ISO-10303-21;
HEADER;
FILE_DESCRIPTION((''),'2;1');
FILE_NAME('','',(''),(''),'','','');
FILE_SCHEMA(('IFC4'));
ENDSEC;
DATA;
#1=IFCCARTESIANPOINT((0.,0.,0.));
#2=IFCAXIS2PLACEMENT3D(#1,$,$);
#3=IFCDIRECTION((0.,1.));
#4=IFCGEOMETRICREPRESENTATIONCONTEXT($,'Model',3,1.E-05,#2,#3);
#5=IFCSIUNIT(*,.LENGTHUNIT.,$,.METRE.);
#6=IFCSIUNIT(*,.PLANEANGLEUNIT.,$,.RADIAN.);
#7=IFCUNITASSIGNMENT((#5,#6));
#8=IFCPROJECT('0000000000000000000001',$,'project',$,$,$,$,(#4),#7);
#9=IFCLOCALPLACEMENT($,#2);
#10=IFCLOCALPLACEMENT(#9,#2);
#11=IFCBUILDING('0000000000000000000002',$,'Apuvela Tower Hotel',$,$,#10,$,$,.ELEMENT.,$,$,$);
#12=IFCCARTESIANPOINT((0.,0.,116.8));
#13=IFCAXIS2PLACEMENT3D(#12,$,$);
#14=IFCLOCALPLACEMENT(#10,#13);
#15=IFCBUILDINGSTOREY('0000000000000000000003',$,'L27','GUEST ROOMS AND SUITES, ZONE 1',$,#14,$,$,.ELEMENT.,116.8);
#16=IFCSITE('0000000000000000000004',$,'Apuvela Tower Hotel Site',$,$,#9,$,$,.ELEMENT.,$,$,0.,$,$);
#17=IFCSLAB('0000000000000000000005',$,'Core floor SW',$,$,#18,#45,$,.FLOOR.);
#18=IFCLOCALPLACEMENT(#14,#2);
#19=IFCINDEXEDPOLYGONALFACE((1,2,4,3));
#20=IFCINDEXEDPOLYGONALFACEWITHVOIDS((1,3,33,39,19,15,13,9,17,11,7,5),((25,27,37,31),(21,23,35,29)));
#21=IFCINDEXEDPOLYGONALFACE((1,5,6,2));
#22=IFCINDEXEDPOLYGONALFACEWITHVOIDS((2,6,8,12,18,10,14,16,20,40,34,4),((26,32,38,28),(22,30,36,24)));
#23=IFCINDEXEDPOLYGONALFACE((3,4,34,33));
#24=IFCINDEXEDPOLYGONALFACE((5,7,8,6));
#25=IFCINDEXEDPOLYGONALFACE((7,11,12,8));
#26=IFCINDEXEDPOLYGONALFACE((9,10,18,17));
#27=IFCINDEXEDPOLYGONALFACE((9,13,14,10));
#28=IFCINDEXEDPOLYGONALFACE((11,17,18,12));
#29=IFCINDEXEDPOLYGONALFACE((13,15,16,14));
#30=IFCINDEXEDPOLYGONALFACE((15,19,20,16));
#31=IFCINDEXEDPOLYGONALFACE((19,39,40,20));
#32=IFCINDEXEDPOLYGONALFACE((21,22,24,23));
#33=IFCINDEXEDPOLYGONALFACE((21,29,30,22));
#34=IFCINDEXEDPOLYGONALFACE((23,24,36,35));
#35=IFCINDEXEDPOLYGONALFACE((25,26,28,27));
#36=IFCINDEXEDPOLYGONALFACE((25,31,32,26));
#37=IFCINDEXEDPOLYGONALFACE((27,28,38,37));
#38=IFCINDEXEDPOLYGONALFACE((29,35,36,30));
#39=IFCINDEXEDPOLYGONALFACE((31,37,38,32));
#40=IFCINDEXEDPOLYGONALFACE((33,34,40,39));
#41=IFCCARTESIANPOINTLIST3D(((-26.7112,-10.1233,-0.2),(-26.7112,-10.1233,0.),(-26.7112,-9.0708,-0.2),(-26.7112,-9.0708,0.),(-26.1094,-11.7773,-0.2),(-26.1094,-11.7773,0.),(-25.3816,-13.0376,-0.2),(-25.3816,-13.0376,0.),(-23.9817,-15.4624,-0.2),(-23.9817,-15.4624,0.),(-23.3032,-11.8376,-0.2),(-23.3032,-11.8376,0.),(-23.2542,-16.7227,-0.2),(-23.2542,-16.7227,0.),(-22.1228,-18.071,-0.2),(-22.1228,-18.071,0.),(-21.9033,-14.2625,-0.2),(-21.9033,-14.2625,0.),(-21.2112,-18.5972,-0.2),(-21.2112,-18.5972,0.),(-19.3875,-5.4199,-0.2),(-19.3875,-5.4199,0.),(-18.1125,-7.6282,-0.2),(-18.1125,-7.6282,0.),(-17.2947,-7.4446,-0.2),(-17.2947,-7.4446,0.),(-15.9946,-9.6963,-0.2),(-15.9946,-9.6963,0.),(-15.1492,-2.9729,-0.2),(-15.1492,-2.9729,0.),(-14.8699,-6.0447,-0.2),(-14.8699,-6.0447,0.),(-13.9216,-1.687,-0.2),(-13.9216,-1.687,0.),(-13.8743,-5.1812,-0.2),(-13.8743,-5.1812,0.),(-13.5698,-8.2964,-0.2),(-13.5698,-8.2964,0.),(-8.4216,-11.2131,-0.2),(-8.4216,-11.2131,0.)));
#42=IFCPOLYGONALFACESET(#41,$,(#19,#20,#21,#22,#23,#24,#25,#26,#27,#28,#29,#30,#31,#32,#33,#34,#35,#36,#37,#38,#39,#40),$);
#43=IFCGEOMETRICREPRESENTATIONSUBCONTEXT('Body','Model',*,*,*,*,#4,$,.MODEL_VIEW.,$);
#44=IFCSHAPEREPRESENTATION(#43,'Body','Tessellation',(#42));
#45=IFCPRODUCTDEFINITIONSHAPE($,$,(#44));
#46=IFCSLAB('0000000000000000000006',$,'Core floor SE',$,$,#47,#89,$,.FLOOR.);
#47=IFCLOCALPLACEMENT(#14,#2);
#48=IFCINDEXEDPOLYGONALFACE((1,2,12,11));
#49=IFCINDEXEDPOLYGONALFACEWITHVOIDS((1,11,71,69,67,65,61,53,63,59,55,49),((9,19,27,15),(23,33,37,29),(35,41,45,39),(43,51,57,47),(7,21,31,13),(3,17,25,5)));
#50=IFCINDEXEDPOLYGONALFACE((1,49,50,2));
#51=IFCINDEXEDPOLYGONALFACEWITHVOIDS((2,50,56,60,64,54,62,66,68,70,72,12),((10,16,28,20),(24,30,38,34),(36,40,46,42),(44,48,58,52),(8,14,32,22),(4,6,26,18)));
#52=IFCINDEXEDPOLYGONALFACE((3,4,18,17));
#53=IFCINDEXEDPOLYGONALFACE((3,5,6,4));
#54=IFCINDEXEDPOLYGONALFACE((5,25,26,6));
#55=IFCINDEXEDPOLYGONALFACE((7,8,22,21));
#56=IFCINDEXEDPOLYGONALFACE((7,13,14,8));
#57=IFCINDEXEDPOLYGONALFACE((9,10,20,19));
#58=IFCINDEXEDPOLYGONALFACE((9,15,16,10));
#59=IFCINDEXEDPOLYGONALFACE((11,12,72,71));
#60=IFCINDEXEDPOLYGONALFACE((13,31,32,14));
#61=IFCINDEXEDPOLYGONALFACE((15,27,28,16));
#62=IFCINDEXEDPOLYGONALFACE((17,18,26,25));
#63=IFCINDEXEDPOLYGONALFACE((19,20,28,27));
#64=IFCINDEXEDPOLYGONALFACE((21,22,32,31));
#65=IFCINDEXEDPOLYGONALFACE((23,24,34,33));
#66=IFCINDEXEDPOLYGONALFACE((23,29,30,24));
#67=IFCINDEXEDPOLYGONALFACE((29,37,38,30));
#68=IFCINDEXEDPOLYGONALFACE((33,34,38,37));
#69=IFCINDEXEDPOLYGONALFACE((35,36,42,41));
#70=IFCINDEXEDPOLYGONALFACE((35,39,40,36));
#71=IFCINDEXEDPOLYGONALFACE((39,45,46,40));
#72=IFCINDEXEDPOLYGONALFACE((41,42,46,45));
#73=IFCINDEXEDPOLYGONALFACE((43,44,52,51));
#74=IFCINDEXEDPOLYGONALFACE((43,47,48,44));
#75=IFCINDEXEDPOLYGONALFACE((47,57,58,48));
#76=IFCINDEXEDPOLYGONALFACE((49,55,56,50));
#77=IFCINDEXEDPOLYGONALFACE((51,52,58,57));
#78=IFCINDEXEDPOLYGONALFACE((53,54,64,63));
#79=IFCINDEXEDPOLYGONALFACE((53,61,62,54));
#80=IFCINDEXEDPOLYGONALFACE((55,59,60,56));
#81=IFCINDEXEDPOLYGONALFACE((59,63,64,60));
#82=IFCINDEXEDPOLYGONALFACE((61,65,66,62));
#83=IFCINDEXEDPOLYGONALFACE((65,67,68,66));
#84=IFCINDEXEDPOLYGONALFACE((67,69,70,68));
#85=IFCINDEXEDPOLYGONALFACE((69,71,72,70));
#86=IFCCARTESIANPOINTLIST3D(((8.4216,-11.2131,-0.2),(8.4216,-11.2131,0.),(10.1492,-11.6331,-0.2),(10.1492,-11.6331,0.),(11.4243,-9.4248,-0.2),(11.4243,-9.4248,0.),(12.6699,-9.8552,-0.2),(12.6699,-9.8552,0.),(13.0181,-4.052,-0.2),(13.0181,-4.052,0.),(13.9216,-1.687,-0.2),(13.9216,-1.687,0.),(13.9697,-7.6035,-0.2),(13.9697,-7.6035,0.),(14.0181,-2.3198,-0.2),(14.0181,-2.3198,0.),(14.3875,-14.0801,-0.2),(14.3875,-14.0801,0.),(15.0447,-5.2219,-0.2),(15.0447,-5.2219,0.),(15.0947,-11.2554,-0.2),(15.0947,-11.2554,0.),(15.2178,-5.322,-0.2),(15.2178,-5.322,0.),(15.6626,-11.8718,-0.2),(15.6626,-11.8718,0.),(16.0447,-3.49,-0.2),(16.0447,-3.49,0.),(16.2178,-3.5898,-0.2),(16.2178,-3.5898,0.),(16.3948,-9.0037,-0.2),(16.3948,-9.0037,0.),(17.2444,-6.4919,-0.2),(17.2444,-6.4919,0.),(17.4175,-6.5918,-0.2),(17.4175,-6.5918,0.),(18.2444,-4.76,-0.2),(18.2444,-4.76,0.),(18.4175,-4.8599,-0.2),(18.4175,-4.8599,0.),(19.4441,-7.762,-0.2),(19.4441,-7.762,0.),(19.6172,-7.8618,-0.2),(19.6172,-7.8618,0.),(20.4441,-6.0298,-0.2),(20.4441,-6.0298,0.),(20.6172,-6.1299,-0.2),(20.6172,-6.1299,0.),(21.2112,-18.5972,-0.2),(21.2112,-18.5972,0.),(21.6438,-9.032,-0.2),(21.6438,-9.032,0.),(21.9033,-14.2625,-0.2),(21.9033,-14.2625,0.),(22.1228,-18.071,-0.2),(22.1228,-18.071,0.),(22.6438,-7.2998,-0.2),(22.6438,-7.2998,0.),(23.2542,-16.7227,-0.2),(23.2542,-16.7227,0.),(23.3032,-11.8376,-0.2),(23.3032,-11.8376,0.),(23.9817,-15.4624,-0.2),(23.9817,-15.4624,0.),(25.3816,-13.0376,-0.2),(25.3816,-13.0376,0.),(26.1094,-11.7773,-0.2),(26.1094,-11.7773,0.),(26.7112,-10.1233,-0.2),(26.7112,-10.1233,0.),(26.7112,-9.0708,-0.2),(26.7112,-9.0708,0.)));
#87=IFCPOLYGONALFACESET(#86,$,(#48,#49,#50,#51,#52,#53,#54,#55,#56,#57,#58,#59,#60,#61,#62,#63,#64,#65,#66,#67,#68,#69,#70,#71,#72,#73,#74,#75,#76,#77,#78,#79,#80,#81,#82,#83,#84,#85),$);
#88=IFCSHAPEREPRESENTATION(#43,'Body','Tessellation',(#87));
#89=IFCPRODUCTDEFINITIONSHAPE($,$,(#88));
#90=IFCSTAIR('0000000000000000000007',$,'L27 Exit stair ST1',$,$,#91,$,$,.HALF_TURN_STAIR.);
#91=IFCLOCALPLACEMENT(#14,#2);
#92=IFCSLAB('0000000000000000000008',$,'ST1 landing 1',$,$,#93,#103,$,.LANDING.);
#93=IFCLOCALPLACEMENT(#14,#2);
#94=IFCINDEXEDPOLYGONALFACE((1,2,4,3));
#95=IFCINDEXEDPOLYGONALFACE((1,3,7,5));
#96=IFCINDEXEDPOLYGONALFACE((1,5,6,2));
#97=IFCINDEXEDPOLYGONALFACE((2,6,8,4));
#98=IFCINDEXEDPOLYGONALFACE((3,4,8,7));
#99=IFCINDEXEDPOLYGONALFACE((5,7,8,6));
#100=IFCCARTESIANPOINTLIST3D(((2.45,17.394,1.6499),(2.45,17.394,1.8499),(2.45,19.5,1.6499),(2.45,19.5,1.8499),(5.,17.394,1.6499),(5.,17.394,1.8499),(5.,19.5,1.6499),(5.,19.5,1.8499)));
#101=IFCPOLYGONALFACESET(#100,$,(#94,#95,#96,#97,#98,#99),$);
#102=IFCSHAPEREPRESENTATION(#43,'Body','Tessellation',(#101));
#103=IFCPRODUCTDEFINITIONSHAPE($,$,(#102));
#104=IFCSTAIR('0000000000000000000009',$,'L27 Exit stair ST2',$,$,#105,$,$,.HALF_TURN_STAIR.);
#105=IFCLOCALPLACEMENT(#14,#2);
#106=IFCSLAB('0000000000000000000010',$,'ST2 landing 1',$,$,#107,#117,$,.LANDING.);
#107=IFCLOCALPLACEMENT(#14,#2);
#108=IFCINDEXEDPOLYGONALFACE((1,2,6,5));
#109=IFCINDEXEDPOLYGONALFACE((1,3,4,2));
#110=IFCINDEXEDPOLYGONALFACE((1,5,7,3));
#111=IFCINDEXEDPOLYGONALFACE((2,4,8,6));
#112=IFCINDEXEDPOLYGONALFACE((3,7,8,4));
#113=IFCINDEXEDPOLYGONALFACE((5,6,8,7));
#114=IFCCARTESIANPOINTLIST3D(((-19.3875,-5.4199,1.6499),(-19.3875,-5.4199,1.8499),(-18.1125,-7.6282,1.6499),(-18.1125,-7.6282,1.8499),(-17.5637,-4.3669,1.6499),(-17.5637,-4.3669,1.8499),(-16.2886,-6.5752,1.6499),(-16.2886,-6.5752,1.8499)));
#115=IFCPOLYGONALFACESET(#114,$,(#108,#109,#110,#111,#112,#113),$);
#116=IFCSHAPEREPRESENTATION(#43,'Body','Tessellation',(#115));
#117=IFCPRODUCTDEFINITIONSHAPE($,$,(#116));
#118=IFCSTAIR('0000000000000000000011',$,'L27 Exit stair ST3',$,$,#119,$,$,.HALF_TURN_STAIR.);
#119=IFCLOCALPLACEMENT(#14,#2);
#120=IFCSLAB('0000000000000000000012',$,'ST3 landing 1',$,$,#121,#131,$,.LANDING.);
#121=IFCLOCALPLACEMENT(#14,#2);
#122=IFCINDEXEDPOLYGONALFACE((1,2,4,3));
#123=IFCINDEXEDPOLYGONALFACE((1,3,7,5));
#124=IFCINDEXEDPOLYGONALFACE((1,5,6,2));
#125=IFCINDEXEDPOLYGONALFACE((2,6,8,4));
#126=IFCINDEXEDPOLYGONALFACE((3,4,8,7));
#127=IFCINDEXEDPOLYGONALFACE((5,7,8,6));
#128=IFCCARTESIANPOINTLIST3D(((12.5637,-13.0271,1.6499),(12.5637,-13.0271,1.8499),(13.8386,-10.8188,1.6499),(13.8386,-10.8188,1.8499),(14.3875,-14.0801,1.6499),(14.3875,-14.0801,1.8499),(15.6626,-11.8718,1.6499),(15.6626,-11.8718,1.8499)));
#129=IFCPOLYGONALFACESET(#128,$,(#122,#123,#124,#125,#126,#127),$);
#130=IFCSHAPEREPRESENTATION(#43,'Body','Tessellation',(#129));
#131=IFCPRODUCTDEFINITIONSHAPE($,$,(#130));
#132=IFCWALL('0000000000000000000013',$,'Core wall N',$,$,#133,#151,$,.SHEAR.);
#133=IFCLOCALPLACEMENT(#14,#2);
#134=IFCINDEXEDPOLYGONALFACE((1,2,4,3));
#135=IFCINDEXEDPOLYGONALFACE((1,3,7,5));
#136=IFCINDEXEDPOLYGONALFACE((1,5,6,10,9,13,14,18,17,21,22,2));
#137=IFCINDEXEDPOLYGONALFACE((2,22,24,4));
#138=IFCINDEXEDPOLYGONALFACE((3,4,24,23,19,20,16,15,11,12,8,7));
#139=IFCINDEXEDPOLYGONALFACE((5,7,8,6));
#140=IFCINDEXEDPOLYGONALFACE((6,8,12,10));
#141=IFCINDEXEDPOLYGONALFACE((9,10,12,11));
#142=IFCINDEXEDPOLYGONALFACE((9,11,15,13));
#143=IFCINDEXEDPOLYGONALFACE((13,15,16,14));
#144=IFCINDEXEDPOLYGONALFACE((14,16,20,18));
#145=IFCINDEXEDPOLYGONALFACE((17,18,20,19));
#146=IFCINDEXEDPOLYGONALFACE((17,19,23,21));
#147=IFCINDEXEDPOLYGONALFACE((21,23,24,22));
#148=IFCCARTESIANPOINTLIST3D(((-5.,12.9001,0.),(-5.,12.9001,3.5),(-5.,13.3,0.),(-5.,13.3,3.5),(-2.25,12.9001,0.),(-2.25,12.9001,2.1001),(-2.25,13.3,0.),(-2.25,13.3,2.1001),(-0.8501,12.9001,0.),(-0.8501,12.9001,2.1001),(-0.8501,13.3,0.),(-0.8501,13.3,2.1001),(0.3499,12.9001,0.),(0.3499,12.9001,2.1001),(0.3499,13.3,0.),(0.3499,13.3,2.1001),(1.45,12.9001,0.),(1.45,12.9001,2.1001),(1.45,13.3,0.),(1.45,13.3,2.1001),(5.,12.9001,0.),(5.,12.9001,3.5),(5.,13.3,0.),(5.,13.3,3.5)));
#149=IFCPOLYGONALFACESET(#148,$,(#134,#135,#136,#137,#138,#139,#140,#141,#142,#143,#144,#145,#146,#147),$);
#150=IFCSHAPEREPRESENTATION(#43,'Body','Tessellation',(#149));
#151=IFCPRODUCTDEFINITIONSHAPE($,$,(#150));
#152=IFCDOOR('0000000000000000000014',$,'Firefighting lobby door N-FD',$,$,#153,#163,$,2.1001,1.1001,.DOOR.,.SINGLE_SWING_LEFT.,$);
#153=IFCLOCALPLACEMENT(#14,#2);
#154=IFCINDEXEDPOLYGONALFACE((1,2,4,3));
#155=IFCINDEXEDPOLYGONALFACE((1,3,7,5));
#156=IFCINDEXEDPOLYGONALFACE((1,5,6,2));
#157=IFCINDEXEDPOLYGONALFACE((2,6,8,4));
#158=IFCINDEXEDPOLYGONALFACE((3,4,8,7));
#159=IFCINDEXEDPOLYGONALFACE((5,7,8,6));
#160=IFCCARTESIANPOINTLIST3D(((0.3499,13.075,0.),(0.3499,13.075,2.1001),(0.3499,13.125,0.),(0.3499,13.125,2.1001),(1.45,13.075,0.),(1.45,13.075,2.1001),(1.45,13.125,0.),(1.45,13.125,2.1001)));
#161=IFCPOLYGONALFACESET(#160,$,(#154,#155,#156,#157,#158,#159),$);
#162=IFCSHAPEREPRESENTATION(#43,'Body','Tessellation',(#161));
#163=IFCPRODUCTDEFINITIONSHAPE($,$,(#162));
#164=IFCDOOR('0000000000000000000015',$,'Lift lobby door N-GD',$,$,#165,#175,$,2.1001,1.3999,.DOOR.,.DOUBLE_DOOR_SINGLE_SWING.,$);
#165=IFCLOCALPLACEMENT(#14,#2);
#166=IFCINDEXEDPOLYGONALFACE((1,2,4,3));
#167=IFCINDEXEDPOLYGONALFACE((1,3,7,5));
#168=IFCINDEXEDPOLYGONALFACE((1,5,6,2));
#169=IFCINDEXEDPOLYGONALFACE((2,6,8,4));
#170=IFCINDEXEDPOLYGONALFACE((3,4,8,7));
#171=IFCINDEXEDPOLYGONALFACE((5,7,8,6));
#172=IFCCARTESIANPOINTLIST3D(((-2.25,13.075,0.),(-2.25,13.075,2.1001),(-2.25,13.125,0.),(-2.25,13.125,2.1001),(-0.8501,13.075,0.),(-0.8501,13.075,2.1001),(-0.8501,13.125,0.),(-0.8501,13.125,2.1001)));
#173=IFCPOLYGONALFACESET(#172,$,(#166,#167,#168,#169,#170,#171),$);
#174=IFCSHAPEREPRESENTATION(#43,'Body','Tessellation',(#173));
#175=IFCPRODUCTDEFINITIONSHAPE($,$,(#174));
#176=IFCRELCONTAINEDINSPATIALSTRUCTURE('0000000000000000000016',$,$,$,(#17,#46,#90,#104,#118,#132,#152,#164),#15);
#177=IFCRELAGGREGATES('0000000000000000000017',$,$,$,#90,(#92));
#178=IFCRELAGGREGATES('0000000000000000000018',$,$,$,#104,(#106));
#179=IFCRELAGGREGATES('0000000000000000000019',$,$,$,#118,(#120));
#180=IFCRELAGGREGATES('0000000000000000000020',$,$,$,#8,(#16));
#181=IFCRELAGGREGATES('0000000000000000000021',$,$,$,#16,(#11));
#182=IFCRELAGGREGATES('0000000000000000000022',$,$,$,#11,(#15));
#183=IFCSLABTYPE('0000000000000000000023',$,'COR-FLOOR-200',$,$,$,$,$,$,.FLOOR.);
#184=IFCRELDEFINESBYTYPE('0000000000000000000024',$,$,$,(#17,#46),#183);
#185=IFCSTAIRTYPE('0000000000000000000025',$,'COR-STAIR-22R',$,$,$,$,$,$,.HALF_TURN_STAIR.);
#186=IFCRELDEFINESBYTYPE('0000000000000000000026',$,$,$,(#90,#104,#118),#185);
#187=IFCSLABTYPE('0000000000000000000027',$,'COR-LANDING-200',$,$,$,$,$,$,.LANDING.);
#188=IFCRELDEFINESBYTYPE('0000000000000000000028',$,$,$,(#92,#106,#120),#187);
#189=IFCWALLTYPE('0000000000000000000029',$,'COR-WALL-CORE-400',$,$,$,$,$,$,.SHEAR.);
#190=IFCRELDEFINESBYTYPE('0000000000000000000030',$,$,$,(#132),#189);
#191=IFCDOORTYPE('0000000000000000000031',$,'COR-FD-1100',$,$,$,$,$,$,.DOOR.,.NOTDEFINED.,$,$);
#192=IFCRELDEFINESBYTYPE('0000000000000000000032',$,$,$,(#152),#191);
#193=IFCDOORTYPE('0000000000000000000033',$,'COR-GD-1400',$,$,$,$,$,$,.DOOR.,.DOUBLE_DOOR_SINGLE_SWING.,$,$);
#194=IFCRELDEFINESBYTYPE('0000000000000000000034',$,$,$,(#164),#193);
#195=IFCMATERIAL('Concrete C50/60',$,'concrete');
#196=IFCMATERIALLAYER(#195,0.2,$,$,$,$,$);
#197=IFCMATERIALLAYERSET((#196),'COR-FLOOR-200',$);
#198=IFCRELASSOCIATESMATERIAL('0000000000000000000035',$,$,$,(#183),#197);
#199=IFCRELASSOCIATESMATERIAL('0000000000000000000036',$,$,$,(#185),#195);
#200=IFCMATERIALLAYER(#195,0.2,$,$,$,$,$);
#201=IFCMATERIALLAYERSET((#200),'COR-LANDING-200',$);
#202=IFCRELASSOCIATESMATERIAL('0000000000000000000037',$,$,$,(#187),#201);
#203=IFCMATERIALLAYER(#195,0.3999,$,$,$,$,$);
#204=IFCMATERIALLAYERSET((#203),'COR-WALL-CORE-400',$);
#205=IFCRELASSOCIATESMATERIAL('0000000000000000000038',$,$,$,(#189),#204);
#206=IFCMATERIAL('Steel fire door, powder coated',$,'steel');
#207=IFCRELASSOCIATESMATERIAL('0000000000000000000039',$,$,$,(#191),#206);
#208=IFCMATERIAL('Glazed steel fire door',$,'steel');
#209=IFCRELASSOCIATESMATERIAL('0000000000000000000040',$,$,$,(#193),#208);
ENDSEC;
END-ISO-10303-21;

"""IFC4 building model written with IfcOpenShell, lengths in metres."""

from ifc_helpers import new_model, si_unit, direction, frame, frame_2d, origin, place, context, subcontext, project, spatial, polyline, rectangle, outline, extrude, material, layer, layer_set, type_object, element, fill, aggregate, save


model = new_model("IFC4")

# Units and contexts
model_context = context("Model", 3, precision=1e-05, world=origin(), true_north=direction((0.0, 1.0)))
body_context = subcontext(model_context, "Body", "Model", "MODEL_VIEW")
ifc_project = project(units=[si_unit("LENGTHUNIT", "METRE"), si_unit("PLANEANGLEUNIT", "RADIAN")], contexts=[model_context])

# Site, building, storey
site_placement = place(None, origin())
site = spatial("IfcSite", under=ifc_project, at=site_placement, Name="Apuvela Tower Hotel Site", CompositionType="ELEMENT", RefElevation=0.0)
building_placement = place(site_placement, origin())
building = spatial("IfcBuilding", under=site, at=building_placement, Name="Apuvela Tower Hotel", CompositionType="ELEMENT")
storey_placement = place(building_placement, frame((0.0, 0.0, 116.8)))
storey = spatial("IfcBuildingStorey", under=building, at=storey_placement, Name="L27", Description="GUEST ROOMS AND SUITES, ZONE 1", CompositionType="ELEMENT", Elevation=116.8)

# Slabs
ifc_material_1 = material(Name="Concrete C50/60", Category="concrete")
ifc_layer_1 = layer(ifc_material_1, 0.2)
ifc_layer_set_1 = layer_set([ifc_layer_1], Name="COR-FLOOR-200")
slab_type_1 = type_object("IfcSlabType", Name="COR-FLOOR-200", PredefinedType="FLOOR", material=ifc_layer_set_1)
slab_1_placement = place(storey_placement, frame((0.0, 0.0, -0.2)))
element("IfcSlab", 1, at=slab_1_placement, inside=storey, type_object=slab_type_1, Name="Core floor SW", PredefinedType="FLOOR", context=body_context, shape_type="SweptSolid", body=[
    extrude(outline(polyline([(-26.7112, -9.0708), (-26.7112, -10.1233), (-26.1094, -11.7773), (-25.3816, -13.0376), (-23.3032, -11.8376), (-21.9033, -14.2625), (-23.9817, -15.4624), (-23.2542, -16.7227), (-22.1228, -18.071), (-21.2112, -18.5972), (-8.4216, -11.2131), (-13.9216, -1.687), (-26.7112, -9.0708)]), holes=[polyline([(-13.8743, -5.1812), (-18.1125, -7.6282), (-19.3875, -5.4199), (-15.1492, -2.9729), (-13.8743, -5.1812)]), polyline([(-13.5698, -8.2964), (-15.9946, -9.6963), (-17.2947, -7.4446), (-14.8699, -6.0447), (-13.5698, -8.2964)])]), origin(), (0.0, 0.0, 1.0), 0.2),
])
slab_2_placement = place(storey_placement, frame((0.0, 0.0, -0.2)))
element("IfcSlab", 2, at=slab_2_placement, inside=storey, type_object=slab_type_1, Name="Core floor SE", PredefinedType="FLOOR", context=body_context, shape_type="SweptSolid", body=[
    extrude(outline(polyline([(21.2112, -18.5972), (22.1228, -18.071), (23.2542, -16.7227), (23.9817, -15.4624), (21.9033, -14.2625), (23.3032, -11.8376), (25.3816, -13.0376), (26.1094, -11.7773), (26.7112, -10.1233), (26.7112, -9.0708), (13.9216, -1.687), (8.4216, -11.2131), (21.2112, -18.5972)]), holes=[polyline([(13.0181, -4.052), (14.0181, -2.3198), (16.0447, -3.49), (15.0447, -5.2219), (13.0181, -4.052)]), polyline([(17.2444, -6.4919), (15.2178, -5.322), (16.2178, -3.5898), (18.2444, -4.76), (17.2444, -6.4919)]), polyline([(14.3875, -14.0801), (10.1492, -11.6331), (11.4243, -9.4248), (15.6626, -11.8718), (14.3875, -14.0801)]), polyline([(12.6699, -9.8552), (13.9697, -7.6035), (16.3948, -9.0037), (15.0947, -11.2554), (12.6699, -9.8552)]), polyline([(19.4441, -7.762), (17.4175, -6.5918), (18.4175, -4.8599), (20.4441, -6.0298), (19.4441, -7.762)]), polyline([(21.6438, -9.032), (19.6172, -7.8618), (20.6172, -6.1299), (22.6438, -7.2998), (21.6438, -9.032)])]), origin(), (0.0, 0.0, 1.0), 0.2),
])

# Stairs, slabs
stair_type = type_object("IfcStairType", Name="COR-STAIR-22R", PredefinedType="HALF_TURN_STAIR", material=ifc_material_1)
stair_1_placement = place(storey_placement, origin())
stair_1 = element("IfcStair", 3, at=stair_1_placement, inside=storey, type_object=stair_type, Name="L27 Exit stair ST1", PredefinedType="HALF_TURN_STAIR")
ifc_layer_2 = layer(ifc_material_1, 0.2)
ifc_layer_set_2 = layer_set([ifc_layer_2], Name="COR-LANDING-200")
slab_type_2 = type_object("IfcSlabType", Name="COR-LANDING-200", PredefinedType="LANDING", material=ifc_layer_set_2)
slab_3_placement = place(storey_placement, frame((0.0, 0.0, 1.6499)))
slab_3 = element("IfcSlab", 4, at=slab_3_placement, type_object=slab_type_2, Name="ST1 landing 1", PredefinedType="LANDING", context=body_context, shape_type="SweptSolid", body=[
    extrude(outline(polyline([(5.0, 17.394), (5.0, 19.5), (2.45, 19.5), (2.45, 17.394), (5.0, 17.394)])), origin(), (0.0, 0.0, 1.0), 0.2),
])
aggregate(stair_1, [slab_3])
stair_2_placement = place(storey_placement, origin())
stair_2 = element("IfcStair", 5, at=stair_2_placement, inside=storey, type_object=stair_type, Name="L27 Exit stair ST2", PredefinedType="HALF_TURN_STAIR")
slab_4_placement = place(storey_placement, frame((0.0, 0.0, 1.6499)))
slab_4 = element("IfcSlab", 6, at=slab_4_placement, type_object=slab_type_2, Name="ST2 landing 1", PredefinedType="LANDING", context=body_context, shape_type="SweptSolid", body=[
    extrude(outline(polyline([(-17.5637, -4.3669), (-19.3875, -5.4199), (-18.1125, -7.6282), (-16.2886, -6.5752), (-17.5637, -4.3669)])), origin(), (0.0, 0.0, 1.0), 0.2),
])
aggregate(stair_2, [slab_4])
stair_3_placement = place(storey_placement, origin())
stair_3 = element("IfcStair", 7, at=stair_3_placement, inside=storey, type_object=stair_type, Name="L27 Exit stair ST3", PredefinedType="HALF_TURN_STAIR")
slab_5_placement = place(storey_placement, frame((0.0, 0.0, 1.6499)))
slab_5 = element("IfcSlab", 8, at=slab_5_placement, type_object=slab_type_2, Name="ST3 landing 1", PredefinedType="LANDING", context=body_context, shape_type="SweptSolid", body=[
    extrude(outline(polyline([(12.5637, -13.0271), (14.3875, -14.0801), (15.6626, -11.8718), (13.8386, -10.8188), (12.5637, -13.0271)])), origin(), (0.0, 0.0, 1.0), 0.2),
])
aggregate(stair_3, [slab_5])

# Wall, openings, doors
ifc_layer_3 = layer(ifc_material_1, 0.3999)
ifc_layer_set_3 = layer_set([ifc_layer_3], Name="COR-WALL-CORE-400")
wall_type_1 = type_object("IfcWallType", Name="COR-WALL-CORE-400", PredefinedType="SHEAR", material=ifc_layer_set_3)
wall_1_placement = place(storey_placement, frame((5.0, 13.1001, 0.0), z_axis=(0.0, 0.0, 1.0), x_axis=(-1.0, 0.0, 0.0)))
wall_1 = element("IfcWall", 9, at=wall_1_placement, inside=storey, type_object=wall_type_1, Name="Core wall N", PredefinedType="SHEAR", context=body_context, shape_type="SweptSolid", body=[
    extrude(rectangle(XDim=10.0, YDim=0.3999, at=frame_2d((5.0, 0.0))), origin(), (0.0, 0.0, 1.0), 3.5),
])
opening_1_placement = place(wall_1_placement, frame((3.55, 0.0, 0.0)))
opening_1 = element("IfcOpeningElement", 10, at=opening_1_placement, cuts=wall_1, PredefinedType="OPENING", context=body_context, shape_type="SweptSolid", body=[
    extrude(rectangle(XDim=1.1001, YDim=2.1001, at=frame_2d((0.55, 1.05))), frame((0.0, 0.21, 0.0), z_axis=(0.0, -1.0, 0.0), x_axis=(1.0, 0.0, 0.0)), (0.0, 0.0, 1.0), 0.4199),
])
opening_2_placement = place(wall_1_placement, frame((5.8501, 0.0, 0.0)))
opening_2 = element("IfcOpeningElement", 11, at=opening_2_placement, cuts=wall_1, PredefinedType="OPENING", context=body_context, shape_type="SweptSolid", body=[
    extrude(rectangle(XDim=1.3999, YDim=2.1001, at=frame_2d((0.7, 1.05))), frame((0.0, 0.21, 0.0), z_axis=(0.0, -1.0, 0.0), x_axis=(1.0, 0.0, 0.0)), (0.0, 0.0, 1.0), 0.4199),
])
ifc_material_2 = material(Name="Steel fire door, powder coated", Category="steel")
door_type_1 = type_object("IfcDoorType", Name="COR-FD-1100", OperationType="NOTDEFINED", PredefinedType="DOOR", material=ifc_material_2)
door_1_placement = place(opening_1_placement, frame((1.1001, 0.0, 0.0), z_axis=(0.0, 0.0, 1.0), x_axis=(-1.0, 0.0, 0.0)))
door_1 = element("IfcDoor", 12, at=door_1_placement, inside=storey, type_object=door_type_1, Name="Firefighting lobby door N-FD", OperationType="SINGLE_SWING_LEFT", OverallHeight=2.1001, OverallWidth=1.1001, PredefinedType="DOOR", context=body_context, shape_type="SweptSolid", body=[
    extrude(rectangle(XDim=1.1001, YDim=2.1001, at=frame_2d((0.55, 1.05))), frame((0.0, 0.0249, 0.0), z_axis=(0.0, -1.0, 0.0), x_axis=(1.0, 0.0, 0.0)), (0.0, 0.0, 1.0), 0.05),
])
fill(opening_1, door_1)
ifc_material_3 = material(Name="Glazed steel fire door", Category="steel")
door_type_2 = type_object("IfcDoorType", Name="COR-GD-1400", OperationType="DOUBLE_DOOR_SINGLE_SWING", PredefinedType="DOOR", material=ifc_material_3)
door_2_placement = place(opening_2_placement, frame((1.3999, 0.0, 0.0), z_axis=(0.0, 0.0, 1.0), x_axis=(-1.0, 0.0, 0.0)))
door_2 = element("IfcDoor", 13, at=door_2_placement, inside=storey, type_object=door_type_2, Name="Lift lobby door N-GD", OperationType="DOUBLE_DOOR_SINGLE_SWING", OverallHeight=2.1001, OverallWidth=1.3999, PredefinedType="DOOR", context=body_context, shape_type="SweptSolid", body=[
    extrude(rectangle(XDim=1.3999, YDim=2.1001, at=frame_2d((0.7, 1.05))), frame((0.0, 0.0249, 0.0), z_axis=(0.0, -1.0, 0.0), x_axis=(1.0, 0.0, 0.0)), (0.0, 0.0, 1.0), 0.05),
])
fill(opening_2, door_2)

save(model, "model.ifc")
